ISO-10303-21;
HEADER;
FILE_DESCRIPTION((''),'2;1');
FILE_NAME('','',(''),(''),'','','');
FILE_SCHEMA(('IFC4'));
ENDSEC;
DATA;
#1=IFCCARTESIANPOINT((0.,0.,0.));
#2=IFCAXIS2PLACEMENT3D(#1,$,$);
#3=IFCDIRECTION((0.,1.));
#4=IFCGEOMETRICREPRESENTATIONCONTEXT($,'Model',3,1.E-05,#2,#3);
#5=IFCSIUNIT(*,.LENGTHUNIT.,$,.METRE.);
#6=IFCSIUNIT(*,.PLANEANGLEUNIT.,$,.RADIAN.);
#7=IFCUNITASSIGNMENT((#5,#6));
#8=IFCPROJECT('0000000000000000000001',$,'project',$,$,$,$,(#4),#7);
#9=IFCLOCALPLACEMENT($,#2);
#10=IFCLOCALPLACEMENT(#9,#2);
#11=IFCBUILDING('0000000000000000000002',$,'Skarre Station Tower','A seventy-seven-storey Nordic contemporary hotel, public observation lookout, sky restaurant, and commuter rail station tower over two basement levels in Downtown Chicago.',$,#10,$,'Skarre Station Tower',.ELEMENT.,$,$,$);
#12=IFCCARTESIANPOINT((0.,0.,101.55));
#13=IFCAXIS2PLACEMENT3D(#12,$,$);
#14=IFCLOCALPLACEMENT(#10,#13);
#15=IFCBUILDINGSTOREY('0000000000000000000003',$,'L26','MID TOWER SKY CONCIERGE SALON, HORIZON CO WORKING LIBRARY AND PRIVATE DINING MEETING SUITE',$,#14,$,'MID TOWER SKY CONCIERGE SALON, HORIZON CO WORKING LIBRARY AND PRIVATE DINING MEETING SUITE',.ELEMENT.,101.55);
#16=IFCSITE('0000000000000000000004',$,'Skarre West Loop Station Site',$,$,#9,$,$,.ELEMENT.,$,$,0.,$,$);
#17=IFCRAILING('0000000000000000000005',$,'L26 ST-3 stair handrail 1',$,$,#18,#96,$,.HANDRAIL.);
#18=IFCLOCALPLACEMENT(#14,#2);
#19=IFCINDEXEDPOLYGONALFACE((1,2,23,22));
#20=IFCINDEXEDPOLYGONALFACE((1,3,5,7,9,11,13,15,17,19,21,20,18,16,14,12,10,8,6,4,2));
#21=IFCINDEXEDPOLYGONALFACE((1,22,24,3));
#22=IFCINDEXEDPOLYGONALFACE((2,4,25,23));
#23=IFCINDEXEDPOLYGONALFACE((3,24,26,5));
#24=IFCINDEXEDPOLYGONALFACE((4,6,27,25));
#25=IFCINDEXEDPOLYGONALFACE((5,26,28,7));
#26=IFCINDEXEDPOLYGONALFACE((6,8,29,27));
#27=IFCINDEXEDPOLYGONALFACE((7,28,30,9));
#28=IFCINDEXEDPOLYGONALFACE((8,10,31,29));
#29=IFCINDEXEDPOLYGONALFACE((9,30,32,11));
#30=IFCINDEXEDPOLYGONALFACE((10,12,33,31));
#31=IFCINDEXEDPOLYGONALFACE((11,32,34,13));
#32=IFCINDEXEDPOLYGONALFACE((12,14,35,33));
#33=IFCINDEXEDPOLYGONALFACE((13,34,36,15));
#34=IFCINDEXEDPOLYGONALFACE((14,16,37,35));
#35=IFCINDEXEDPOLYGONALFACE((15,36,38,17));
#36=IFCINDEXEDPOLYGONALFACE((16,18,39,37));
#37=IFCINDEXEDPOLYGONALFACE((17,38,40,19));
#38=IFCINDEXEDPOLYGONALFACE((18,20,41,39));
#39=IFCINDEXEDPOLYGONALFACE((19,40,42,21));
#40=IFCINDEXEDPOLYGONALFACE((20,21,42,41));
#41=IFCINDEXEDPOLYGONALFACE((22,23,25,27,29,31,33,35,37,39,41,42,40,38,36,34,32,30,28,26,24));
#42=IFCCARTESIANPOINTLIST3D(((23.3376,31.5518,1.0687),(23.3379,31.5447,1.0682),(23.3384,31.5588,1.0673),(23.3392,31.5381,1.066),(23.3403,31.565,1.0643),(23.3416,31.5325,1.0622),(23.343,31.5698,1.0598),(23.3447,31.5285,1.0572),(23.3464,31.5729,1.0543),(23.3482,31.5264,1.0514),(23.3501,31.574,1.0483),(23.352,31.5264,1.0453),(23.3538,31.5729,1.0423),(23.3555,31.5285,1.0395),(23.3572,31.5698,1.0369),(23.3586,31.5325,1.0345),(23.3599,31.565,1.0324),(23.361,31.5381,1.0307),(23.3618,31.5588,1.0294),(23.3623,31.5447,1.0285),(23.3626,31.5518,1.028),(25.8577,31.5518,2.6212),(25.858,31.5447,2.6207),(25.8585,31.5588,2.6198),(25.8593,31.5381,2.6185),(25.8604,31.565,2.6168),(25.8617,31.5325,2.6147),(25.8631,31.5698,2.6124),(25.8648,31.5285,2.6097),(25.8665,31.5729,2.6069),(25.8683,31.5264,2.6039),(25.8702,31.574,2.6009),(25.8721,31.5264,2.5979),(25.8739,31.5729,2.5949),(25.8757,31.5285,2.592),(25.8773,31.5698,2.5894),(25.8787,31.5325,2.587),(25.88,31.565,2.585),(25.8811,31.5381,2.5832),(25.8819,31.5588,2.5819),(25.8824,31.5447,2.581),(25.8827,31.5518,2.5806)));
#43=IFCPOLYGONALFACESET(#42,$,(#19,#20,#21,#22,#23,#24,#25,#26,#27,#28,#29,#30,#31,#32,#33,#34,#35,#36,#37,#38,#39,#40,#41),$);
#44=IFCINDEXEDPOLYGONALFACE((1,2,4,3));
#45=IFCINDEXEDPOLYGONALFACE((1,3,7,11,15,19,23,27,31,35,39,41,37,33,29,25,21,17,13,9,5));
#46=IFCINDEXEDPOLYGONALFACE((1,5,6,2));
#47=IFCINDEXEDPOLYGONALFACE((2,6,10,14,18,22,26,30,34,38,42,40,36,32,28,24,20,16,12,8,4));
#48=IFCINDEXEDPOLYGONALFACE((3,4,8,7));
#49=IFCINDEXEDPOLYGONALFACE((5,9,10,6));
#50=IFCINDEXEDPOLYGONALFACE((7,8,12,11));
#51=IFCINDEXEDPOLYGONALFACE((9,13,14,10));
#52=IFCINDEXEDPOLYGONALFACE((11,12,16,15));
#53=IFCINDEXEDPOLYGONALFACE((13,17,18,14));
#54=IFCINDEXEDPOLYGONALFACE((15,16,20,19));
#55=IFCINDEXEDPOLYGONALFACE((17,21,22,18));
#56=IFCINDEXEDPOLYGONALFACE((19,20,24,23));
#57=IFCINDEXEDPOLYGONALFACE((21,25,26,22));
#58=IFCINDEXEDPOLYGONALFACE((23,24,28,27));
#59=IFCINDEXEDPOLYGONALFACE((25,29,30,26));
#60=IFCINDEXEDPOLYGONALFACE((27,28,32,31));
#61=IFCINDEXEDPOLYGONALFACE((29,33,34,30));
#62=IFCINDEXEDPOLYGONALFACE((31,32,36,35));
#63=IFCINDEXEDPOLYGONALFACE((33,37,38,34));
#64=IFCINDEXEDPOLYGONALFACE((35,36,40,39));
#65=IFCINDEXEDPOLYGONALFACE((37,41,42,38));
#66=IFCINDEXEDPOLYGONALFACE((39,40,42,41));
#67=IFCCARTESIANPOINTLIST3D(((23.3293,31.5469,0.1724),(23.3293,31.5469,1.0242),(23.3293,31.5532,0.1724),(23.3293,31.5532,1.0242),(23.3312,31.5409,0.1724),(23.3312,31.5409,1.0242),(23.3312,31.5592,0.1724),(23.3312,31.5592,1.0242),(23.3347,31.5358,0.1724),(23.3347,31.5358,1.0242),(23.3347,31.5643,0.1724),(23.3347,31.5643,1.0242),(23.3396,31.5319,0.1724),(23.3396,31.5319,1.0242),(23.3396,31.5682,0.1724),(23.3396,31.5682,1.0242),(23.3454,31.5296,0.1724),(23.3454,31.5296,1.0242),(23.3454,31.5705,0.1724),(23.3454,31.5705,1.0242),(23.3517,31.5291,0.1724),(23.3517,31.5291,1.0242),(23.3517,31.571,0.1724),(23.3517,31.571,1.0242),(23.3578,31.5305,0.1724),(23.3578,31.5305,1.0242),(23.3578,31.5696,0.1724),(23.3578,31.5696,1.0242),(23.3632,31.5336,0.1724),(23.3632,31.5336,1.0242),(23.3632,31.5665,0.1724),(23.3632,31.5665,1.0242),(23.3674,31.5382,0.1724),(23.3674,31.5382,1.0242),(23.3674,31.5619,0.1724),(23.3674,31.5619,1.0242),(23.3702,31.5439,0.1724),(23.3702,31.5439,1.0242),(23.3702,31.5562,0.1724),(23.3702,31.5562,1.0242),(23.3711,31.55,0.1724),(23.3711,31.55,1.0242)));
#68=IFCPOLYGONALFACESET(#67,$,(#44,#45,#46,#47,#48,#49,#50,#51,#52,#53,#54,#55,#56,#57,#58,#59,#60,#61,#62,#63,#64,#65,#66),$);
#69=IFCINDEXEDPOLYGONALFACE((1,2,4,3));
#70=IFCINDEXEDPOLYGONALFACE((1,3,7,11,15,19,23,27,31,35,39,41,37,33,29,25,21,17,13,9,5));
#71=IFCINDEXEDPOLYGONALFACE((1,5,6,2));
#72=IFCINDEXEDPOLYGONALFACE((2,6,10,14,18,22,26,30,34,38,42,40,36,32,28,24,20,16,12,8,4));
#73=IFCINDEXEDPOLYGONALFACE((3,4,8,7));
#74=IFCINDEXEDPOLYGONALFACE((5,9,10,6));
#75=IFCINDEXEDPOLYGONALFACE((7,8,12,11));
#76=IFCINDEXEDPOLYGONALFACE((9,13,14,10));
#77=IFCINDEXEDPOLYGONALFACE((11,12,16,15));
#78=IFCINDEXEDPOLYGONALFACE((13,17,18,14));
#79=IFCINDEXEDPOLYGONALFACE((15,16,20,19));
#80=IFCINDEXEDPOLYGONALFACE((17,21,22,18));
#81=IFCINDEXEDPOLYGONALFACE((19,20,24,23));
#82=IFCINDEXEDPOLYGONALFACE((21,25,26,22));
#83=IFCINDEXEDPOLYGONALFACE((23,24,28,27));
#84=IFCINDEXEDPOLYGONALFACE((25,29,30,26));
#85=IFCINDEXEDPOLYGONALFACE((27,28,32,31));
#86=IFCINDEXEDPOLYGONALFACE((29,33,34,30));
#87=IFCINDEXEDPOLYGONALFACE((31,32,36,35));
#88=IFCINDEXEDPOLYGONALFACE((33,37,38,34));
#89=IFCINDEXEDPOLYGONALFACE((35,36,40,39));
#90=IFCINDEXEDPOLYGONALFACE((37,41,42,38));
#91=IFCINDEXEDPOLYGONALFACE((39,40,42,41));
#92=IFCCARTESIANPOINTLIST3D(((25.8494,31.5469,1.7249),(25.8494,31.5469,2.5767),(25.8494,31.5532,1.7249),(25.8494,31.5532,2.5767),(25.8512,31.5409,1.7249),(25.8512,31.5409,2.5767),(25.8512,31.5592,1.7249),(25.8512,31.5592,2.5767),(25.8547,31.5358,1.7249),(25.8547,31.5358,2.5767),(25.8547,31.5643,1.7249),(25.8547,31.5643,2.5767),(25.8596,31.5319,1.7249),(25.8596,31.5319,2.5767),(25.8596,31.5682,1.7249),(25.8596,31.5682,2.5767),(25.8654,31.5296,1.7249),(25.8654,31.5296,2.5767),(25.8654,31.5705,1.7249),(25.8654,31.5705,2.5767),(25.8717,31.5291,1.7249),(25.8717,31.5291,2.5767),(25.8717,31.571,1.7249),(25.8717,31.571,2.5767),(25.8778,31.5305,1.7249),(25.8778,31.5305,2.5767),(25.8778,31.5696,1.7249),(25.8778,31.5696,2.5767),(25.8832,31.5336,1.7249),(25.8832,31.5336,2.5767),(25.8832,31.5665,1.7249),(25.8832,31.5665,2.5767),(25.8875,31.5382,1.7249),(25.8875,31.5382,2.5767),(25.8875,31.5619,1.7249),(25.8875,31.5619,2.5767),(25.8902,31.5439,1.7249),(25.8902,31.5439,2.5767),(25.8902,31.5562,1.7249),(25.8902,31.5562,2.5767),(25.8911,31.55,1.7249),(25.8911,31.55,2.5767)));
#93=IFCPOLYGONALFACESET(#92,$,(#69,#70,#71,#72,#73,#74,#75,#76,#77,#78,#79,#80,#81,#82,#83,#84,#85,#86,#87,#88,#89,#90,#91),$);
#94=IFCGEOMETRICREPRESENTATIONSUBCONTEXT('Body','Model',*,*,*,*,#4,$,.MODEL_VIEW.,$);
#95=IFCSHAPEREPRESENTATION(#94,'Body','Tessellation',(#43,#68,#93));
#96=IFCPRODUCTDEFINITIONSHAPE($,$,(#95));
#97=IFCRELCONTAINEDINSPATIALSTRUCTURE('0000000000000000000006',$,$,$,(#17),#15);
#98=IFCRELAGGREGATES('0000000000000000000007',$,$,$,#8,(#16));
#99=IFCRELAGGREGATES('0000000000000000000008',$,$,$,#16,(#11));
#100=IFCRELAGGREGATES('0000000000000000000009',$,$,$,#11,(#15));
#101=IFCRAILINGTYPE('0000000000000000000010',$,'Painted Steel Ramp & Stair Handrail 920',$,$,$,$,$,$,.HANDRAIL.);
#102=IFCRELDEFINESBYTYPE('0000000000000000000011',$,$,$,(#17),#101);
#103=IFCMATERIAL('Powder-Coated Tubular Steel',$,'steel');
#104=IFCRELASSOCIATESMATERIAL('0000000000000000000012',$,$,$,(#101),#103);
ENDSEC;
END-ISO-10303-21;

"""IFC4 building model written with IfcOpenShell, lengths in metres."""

from ifc_helpers import new_model, si_unit, direction, frame, origin, origin_2d, place, context, subcontext, project, spatial, circle, extrude, material, type_object, element, save


model = new_model("IFC4")

# Units and contexts
model_context = context("Model", 3, precision=1e-05, world=origin(), true_north=direction((0.0, 1.0)))
body_context = subcontext(model_context, "Body", "Model", "MODEL_VIEW")
ifc_project = project(units=[si_unit("LENGTHUNIT", "METRE"), si_unit("PLANEANGLEUNIT", "RADIAN")], contexts=[model_context])

# Site, building, storey
site_placement = place(None, origin())
site = spatial("IfcSite", under=ifc_project, at=site_placement, Name="Skarre West Loop Station Site", CompositionType="ELEMENT", RefElevation=0.0)
building_placement = place(site_placement, origin())
building = spatial("IfcBuilding", under=site, at=building_placement, Name="Skarre Station Tower", Description="A seventy-seven-storey Nordic contemporary hotel, public observation lookout, sky restaurant, and commuter rail station tower over two basement levels in Downtown Chicago.", LongName="Skarre Station Tower", CompositionType="ELEMENT")
storey_placement = place(building_placement, frame((0.0, 0.0, 101.55)))
storey = spatial("IfcBuildingStorey", under=building, at=storey_placement, Name="L26", Description="MID TOWER SKY CONCIERGE SALON, HORIZON CO WORKING LIBRARY AND PRIVATE DINING MEETING SUITE", LongName="MID TOWER SKY CONCIERGE SALON, HORIZON CO WORKING LIBRARY AND PRIVATE DINING MEETING SUITE", CompositionType="ELEMENT", Elevation=101.55)

# Railing
ifc_material_1 = material(Name="Powder-Coated Tubular Steel", Category="steel")
railing_type = type_object("IfcRailingType", Name="Painted Steel Ramp & Stair Handrail 920", PredefinedType="HANDRAIL", material=ifc_material_1)
railing_placement = place(storey_placement, frame((23.3501, 31.55, 0.1724)))
element("IfcRailing", 1, at=railing_placement, inside=storey, type_object=railing_type, Name="L26 ST-3 stair handrail 1", PredefinedType="HANDRAIL", context=body_context, shape_type="SweptSolid", body=[
    extrude(circle(Radius=0.0239, at=origin_2d()), frame((0.0, 0.0, 0.876), z_axis=(0.8514, 0.0, 0.524516), x_axis=(0.0, 1.0, 0.0)), (0.0, 0.0, 1.0), 2.96),
    extrude(circle(Radius=0.021, at=origin_2d()), origin(), (0.0, 0.0, 1.0), 0.8518),
    extrude(circle(Radius=0.021, at=origin_2d()), frame((2.52, 0.0, 1.5525)), (0.0, 0.0, 1.0), 0.8518),
])

save(model, "model.ifc")
